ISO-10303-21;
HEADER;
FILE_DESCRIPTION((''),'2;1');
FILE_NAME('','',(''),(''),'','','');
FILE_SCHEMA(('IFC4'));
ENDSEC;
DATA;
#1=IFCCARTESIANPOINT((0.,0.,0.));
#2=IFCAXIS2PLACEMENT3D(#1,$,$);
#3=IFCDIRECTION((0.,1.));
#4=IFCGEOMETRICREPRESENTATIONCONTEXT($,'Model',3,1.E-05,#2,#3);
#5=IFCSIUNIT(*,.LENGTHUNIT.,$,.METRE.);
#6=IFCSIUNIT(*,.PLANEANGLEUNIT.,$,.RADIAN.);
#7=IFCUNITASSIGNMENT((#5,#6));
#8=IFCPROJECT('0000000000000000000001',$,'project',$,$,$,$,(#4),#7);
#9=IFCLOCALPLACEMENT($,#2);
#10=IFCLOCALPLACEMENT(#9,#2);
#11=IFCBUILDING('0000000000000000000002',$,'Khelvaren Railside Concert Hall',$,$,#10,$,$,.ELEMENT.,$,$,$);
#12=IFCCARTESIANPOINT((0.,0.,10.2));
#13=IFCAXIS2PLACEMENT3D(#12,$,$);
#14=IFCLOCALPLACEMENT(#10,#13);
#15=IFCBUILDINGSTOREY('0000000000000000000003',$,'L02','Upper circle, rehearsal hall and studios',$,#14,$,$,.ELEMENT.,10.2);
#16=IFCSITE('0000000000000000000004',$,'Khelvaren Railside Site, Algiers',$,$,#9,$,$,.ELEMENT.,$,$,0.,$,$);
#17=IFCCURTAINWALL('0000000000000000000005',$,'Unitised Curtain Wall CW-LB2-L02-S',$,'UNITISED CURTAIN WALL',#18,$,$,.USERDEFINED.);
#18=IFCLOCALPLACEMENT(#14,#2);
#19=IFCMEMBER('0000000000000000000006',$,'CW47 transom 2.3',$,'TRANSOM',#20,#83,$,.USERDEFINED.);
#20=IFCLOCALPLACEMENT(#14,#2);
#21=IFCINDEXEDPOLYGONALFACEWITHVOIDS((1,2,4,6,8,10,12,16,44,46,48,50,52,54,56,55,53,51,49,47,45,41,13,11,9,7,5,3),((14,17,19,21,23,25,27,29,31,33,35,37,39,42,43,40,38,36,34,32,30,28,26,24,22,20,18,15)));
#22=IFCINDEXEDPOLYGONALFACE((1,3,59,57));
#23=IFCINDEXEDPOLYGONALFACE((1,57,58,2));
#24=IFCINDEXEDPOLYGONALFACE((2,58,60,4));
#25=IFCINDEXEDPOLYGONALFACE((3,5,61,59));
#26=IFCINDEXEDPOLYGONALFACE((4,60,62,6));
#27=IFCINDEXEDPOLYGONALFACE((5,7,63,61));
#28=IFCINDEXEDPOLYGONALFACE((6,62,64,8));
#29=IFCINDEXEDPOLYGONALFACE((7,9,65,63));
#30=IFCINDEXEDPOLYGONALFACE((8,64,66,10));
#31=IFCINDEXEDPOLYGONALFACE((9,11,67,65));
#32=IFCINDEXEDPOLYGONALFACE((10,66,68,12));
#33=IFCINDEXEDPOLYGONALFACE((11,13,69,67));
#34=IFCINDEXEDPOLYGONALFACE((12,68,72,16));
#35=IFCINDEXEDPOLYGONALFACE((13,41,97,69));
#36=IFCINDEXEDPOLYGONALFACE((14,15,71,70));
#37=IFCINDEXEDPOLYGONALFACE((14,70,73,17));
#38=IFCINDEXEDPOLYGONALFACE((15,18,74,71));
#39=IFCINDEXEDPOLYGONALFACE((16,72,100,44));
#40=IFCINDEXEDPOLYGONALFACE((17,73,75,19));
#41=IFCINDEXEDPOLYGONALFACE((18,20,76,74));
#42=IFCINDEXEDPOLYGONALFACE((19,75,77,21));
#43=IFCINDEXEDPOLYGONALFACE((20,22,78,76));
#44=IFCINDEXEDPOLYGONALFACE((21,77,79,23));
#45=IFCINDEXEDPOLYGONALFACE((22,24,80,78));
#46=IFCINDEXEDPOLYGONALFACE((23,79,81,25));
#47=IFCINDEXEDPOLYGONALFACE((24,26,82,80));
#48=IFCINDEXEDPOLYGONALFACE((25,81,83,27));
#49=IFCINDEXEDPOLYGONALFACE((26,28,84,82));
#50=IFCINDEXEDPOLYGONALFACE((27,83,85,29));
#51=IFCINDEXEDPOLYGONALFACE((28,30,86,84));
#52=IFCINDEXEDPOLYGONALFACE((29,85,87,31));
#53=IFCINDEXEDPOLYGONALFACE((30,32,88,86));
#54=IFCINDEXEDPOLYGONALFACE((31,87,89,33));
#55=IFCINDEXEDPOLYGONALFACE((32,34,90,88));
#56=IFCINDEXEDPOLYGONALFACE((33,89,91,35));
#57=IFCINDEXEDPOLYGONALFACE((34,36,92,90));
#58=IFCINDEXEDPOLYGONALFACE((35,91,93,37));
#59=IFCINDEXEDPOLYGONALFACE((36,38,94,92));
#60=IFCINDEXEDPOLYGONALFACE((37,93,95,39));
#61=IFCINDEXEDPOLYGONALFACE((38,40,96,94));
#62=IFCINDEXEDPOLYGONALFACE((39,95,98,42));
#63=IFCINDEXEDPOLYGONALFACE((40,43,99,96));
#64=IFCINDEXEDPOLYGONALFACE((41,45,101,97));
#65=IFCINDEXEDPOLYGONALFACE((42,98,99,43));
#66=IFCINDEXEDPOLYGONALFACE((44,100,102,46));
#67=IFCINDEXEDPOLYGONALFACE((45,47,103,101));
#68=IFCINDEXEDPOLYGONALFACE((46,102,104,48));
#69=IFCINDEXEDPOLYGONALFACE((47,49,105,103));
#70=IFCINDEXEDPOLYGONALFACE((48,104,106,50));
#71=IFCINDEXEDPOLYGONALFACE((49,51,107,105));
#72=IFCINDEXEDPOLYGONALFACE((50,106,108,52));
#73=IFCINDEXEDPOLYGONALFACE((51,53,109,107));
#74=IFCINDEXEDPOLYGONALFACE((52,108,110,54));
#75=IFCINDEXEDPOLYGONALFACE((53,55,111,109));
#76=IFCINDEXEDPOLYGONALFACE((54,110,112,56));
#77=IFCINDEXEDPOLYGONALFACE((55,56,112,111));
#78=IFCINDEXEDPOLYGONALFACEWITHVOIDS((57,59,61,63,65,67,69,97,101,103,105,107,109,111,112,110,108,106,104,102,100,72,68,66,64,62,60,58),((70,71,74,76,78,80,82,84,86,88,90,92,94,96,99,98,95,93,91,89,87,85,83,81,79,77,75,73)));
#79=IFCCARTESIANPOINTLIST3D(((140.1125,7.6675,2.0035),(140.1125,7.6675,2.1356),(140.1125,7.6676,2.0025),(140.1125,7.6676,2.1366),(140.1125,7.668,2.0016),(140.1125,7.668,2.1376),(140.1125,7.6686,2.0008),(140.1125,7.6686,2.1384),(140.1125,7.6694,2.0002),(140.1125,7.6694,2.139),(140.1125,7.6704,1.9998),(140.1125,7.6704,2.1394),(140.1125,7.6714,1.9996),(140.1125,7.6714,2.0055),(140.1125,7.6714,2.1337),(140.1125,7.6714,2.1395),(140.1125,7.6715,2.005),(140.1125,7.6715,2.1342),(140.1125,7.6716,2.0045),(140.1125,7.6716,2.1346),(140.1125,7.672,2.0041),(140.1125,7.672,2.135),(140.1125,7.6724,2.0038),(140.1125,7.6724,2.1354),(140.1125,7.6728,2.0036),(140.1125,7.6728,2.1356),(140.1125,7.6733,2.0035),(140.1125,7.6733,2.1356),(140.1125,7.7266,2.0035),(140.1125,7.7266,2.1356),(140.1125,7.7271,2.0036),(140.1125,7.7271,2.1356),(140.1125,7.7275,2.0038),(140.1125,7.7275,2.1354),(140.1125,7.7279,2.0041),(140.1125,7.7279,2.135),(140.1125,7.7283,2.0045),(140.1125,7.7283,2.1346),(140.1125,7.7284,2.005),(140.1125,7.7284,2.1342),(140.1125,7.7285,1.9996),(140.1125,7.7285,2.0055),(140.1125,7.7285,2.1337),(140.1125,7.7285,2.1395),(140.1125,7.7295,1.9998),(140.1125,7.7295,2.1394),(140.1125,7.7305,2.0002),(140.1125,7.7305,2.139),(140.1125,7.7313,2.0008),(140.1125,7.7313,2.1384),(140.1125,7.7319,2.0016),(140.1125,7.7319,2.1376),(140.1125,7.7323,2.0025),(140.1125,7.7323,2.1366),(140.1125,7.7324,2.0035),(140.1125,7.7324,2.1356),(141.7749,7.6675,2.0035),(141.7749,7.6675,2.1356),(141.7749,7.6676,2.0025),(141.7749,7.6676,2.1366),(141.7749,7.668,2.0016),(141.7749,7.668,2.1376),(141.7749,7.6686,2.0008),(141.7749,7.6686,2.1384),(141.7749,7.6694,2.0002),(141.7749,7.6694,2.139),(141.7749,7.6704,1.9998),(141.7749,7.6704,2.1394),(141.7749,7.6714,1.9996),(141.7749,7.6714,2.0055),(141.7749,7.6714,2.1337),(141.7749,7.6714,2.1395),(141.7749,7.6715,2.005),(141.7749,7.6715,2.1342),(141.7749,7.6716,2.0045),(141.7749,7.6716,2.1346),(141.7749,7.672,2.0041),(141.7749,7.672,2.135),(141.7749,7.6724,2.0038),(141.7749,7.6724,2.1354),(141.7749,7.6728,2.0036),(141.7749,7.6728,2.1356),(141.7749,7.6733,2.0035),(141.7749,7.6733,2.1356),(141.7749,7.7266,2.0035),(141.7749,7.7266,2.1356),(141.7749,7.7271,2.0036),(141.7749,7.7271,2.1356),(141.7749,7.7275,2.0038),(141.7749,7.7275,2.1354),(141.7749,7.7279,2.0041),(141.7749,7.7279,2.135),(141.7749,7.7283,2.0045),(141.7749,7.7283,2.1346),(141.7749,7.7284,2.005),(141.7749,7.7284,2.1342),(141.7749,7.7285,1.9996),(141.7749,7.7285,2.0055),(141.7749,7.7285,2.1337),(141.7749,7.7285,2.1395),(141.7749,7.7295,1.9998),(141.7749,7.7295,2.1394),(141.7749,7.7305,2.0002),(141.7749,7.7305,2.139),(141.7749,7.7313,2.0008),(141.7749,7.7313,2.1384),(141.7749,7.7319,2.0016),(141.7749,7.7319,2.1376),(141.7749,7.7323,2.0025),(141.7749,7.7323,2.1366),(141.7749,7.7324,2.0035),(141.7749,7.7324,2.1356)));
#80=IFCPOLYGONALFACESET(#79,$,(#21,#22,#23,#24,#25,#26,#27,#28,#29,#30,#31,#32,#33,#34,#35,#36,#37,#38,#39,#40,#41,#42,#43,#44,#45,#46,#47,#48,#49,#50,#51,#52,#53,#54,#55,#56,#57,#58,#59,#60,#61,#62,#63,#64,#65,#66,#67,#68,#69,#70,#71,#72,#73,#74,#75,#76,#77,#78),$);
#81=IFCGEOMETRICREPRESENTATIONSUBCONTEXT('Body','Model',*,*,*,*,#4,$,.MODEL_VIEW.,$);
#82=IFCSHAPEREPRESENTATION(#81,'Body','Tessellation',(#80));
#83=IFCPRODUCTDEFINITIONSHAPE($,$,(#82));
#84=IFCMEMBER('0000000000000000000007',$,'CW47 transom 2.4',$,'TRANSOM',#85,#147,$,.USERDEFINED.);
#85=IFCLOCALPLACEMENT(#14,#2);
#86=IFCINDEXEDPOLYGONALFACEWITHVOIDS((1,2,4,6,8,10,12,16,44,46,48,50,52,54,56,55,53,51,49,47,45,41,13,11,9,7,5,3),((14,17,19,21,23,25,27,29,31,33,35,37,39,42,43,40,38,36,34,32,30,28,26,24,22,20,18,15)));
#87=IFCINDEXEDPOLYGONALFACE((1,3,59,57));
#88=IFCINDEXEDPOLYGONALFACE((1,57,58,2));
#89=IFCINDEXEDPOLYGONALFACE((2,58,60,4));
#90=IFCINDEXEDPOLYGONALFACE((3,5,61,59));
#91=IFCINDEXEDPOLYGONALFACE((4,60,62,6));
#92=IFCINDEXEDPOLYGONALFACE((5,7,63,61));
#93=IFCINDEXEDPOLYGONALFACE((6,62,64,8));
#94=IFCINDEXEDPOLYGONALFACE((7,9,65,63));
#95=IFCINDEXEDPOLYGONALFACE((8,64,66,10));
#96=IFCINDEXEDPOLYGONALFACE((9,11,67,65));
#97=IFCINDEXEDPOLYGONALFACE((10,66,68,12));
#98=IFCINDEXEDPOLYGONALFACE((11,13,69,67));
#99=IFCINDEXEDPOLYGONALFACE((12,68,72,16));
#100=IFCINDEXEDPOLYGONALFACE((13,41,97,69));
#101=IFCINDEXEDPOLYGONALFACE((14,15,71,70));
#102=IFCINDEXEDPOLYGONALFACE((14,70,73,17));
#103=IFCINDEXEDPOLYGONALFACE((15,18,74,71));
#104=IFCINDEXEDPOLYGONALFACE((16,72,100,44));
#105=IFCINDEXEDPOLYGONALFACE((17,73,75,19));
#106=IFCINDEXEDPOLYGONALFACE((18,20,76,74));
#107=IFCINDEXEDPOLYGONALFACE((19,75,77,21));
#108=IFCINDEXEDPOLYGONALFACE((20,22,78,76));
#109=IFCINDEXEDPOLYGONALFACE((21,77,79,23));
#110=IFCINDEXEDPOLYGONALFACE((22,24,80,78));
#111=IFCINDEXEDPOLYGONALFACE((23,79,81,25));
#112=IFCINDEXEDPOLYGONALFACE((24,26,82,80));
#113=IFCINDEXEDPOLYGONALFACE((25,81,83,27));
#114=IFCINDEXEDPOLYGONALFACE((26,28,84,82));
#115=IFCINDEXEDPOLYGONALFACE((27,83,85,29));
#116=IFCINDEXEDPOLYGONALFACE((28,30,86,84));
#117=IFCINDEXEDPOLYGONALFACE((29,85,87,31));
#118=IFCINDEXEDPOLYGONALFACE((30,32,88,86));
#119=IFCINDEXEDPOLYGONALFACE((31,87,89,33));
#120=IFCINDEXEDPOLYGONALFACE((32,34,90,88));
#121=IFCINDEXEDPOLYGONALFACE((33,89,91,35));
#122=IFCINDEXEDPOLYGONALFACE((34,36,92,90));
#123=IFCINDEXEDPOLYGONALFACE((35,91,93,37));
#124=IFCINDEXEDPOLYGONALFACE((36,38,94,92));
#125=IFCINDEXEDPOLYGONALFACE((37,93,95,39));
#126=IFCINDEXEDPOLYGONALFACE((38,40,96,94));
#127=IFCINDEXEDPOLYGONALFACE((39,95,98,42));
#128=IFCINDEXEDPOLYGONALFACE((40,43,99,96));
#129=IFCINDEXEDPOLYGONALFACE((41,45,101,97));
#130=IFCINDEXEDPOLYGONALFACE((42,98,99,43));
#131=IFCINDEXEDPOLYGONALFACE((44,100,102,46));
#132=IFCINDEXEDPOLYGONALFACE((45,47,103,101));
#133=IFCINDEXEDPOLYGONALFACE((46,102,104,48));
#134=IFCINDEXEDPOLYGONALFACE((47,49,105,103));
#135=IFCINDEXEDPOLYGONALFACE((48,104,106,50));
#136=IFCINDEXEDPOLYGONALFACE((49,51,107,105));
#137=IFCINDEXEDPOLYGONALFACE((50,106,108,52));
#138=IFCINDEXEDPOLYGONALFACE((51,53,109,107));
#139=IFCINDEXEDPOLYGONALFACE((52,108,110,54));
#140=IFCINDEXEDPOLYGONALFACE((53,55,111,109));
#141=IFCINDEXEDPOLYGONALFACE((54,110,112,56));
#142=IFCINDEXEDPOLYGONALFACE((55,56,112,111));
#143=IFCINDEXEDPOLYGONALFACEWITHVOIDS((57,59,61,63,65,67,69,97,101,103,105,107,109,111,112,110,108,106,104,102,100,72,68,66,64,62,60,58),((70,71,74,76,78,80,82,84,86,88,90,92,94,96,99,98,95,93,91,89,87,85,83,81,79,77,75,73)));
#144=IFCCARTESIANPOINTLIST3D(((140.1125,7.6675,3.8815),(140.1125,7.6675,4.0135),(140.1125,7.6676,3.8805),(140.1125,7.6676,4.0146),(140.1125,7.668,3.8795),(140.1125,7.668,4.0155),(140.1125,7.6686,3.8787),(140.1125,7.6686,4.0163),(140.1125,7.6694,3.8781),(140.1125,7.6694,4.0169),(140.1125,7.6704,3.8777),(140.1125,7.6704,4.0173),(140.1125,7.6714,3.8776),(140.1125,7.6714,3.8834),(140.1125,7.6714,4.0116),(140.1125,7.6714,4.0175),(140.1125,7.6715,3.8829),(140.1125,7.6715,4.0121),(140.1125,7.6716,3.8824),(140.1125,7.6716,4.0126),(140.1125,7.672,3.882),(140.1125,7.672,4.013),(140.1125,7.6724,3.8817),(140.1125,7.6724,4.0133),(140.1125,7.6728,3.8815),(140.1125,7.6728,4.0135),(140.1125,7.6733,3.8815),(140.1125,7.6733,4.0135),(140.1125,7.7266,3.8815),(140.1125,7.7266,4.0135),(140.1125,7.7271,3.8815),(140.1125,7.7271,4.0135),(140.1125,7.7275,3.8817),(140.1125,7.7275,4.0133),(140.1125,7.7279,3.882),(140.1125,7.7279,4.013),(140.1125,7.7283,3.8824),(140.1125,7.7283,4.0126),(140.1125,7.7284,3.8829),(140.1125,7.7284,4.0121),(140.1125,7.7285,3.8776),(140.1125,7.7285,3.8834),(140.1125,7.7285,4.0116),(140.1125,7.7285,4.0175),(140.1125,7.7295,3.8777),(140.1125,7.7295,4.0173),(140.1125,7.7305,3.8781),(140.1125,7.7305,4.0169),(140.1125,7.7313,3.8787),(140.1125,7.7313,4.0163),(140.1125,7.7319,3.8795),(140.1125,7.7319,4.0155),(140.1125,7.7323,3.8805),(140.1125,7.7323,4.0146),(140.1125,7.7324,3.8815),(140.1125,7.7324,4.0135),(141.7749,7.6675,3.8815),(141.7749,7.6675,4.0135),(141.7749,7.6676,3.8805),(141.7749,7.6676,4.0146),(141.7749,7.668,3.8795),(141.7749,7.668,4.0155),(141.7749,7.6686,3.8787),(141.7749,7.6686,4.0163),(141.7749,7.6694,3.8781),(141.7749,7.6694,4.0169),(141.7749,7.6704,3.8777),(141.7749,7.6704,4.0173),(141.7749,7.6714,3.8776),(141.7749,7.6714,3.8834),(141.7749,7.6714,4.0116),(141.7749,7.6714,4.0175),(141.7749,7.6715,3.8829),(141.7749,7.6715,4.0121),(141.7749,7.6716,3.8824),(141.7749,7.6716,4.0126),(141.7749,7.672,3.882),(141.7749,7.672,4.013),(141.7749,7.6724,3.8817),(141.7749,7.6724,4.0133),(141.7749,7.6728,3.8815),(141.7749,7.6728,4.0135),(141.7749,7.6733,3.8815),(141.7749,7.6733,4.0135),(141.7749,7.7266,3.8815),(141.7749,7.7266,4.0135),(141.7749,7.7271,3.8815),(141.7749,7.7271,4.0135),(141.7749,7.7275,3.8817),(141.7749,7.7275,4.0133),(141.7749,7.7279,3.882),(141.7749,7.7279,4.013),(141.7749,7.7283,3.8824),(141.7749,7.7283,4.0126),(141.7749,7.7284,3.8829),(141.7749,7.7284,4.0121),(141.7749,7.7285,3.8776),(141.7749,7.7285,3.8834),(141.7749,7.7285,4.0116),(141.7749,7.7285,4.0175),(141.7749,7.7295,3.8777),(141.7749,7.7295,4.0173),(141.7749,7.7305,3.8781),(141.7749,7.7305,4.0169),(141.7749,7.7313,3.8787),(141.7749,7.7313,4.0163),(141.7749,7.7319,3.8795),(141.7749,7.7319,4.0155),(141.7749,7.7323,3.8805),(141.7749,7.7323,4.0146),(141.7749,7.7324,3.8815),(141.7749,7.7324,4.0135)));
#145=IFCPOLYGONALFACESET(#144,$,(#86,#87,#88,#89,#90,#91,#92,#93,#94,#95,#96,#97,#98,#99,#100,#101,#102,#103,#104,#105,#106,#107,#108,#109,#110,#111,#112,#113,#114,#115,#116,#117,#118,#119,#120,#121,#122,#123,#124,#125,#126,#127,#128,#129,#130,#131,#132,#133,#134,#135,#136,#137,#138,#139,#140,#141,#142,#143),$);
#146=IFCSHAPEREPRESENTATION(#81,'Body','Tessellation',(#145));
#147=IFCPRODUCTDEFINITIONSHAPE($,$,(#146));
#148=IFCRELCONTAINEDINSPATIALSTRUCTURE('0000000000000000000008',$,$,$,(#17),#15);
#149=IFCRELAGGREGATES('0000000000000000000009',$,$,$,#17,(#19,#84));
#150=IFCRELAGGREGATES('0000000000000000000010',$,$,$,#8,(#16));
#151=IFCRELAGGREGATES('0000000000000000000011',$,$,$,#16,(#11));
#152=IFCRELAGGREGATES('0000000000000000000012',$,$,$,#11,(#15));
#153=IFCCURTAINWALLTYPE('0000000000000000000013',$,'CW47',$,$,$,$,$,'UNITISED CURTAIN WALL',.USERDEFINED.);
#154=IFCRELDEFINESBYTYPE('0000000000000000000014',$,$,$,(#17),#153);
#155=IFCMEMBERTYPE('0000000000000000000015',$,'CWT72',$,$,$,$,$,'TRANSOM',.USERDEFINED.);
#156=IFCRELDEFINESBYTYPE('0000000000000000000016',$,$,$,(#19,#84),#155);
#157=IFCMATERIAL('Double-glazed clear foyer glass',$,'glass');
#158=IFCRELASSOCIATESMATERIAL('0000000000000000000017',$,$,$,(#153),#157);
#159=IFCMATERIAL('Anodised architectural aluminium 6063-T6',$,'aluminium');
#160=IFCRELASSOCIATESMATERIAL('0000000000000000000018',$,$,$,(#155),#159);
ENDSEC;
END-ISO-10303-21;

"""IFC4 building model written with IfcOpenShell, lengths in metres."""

from ifc_helpers import new_model, si_unit, direction, frame, origin, origin_2d, place, context, subcontext, project, spatial, hollow_rectangle, extrude, material, material_profile, profile_set, type_object, element, aggregate, save


model = new_model("IFC4")

# Units and contexts
model_context = context("Model", 3, precision=1e-05, world=origin(), true_north=direction((0.0, 1.0)))
body_context = subcontext(model_context, "Body", "Model", "MODEL_VIEW")
ifc_project = project(units=[si_unit("LENGTHUNIT", "METRE"), si_unit("PLANEANGLEUNIT", "RADIAN")], contexts=[model_context])

# Site, building, storey
site_placement = place(None, origin())
site = spatial("IfcSite", under=ifc_project, at=site_placement, Name="Khelvaren Railside Site, Algiers", CompositionType="ELEMENT", RefElevation=0.0)
building_placement = place(site_placement, origin())
building = spatial("IfcBuilding", under=site, at=building_placement, Name="Khelvaren Railside Concert Hall", CompositionType="ELEMENT")
storey_placement = place(building_placement, frame((0.0, 0.0, 10.2)))
storey = spatial("IfcBuildingStorey", under=building, at=storey_placement, Name="L02", Description="Upper circle, rehearsal hall and studios", CompositionType="ELEMENT", Elevation=10.2)

# Curtain wall
ifc_material_1 = material(Name="Double-glazed clear foyer glass", Category="glass")
curtain_wall_type = type_object("IfcCurtainWallType", Name="CW47", ElementType="UNITISED CURTAIN WALL", PredefinedType="USERDEFINED", material=ifc_material_1)
curtain_wall_1_placement = place(storey_placement, origin())
curtain_wall_1 = element("IfcCurtainWall", 1, at=curtain_wall_1_placement, inside=storey, type_object=curtain_wall_type, Name="Unitised Curtain Wall CW-LB2-L02-S", ObjectType="UNITISED CURTAIN WALL", PredefinedType="USERDEFINED")
ifc_material_2 = material(Name="Anodised architectural aluminium 6063-T6", Category="aluminium")

# Members
ifc_material_profile_1 = material_profile(ifc_material_2, hollow_rectangle(XDim=0.0649, YDim=0.1399, WallThickness=0.0039, InnerFilletRadius=0.002, OuterFilletRadius=0.0039, at=origin_2d()), Name="CWT 65x140x4")
ifc_profile_set_1 = profile_set([ifc_material_profile_1], Name="Anodised architectural aluminium 6063-T6")
member_type_1 = type_object("IfcMemberType", Name="CWT72", ElementType="TRANSOM", PredefinedType="USERDEFINED", material=ifc_profile_set_1)
member_1_placement = place(storey_placement, frame((141.7749, 7.7, 2.0696), z_axis=(-1.0, 0.0, 0.0), x_axis=(0.0, -1.0, 0.0)))
member_1 = element("IfcMember", 2, at=member_1_placement, type_object=member_type_1, Name="CW47 transom 2.3", ObjectType="TRANSOM", PredefinedType="USERDEFINED", context=body_context, shape_type="SweptSolid", body=[
    extrude(hollow_rectangle(XDim=0.0649, YDim=0.1399, WallThickness=0.0039, InnerFilletRadius=0.002, OuterFilletRadius=0.0039, at=origin_2d()), origin(), (0.0, 0.0, 1.0), 1.6624),
])
member_2_placement = place(storey_placement, frame((141.7749, 7.7, 3.9475), z_axis=(-1.0, 0.0, 0.0), x_axis=(0.0, -1.0, 0.0)))
member_2 = element("IfcMember", 3, at=member_2_placement, type_object=member_type_1, Name="CW47 transom 2.4", ObjectType="TRANSOM", PredefinedType="USERDEFINED", context=body_context, shape_type="SweptSolid", body=[
    extrude(hollow_rectangle(XDim=0.0649, YDim=0.1399, WallThickness=0.0039, InnerFilletRadius=0.002, OuterFilletRadius=0.0039, at=origin_2d()), origin(), (0.0, 0.0, 1.0), 1.6624),
])

aggregate(curtain_wall_1, [member_1, member_2])

save(model, "model.ifc")
